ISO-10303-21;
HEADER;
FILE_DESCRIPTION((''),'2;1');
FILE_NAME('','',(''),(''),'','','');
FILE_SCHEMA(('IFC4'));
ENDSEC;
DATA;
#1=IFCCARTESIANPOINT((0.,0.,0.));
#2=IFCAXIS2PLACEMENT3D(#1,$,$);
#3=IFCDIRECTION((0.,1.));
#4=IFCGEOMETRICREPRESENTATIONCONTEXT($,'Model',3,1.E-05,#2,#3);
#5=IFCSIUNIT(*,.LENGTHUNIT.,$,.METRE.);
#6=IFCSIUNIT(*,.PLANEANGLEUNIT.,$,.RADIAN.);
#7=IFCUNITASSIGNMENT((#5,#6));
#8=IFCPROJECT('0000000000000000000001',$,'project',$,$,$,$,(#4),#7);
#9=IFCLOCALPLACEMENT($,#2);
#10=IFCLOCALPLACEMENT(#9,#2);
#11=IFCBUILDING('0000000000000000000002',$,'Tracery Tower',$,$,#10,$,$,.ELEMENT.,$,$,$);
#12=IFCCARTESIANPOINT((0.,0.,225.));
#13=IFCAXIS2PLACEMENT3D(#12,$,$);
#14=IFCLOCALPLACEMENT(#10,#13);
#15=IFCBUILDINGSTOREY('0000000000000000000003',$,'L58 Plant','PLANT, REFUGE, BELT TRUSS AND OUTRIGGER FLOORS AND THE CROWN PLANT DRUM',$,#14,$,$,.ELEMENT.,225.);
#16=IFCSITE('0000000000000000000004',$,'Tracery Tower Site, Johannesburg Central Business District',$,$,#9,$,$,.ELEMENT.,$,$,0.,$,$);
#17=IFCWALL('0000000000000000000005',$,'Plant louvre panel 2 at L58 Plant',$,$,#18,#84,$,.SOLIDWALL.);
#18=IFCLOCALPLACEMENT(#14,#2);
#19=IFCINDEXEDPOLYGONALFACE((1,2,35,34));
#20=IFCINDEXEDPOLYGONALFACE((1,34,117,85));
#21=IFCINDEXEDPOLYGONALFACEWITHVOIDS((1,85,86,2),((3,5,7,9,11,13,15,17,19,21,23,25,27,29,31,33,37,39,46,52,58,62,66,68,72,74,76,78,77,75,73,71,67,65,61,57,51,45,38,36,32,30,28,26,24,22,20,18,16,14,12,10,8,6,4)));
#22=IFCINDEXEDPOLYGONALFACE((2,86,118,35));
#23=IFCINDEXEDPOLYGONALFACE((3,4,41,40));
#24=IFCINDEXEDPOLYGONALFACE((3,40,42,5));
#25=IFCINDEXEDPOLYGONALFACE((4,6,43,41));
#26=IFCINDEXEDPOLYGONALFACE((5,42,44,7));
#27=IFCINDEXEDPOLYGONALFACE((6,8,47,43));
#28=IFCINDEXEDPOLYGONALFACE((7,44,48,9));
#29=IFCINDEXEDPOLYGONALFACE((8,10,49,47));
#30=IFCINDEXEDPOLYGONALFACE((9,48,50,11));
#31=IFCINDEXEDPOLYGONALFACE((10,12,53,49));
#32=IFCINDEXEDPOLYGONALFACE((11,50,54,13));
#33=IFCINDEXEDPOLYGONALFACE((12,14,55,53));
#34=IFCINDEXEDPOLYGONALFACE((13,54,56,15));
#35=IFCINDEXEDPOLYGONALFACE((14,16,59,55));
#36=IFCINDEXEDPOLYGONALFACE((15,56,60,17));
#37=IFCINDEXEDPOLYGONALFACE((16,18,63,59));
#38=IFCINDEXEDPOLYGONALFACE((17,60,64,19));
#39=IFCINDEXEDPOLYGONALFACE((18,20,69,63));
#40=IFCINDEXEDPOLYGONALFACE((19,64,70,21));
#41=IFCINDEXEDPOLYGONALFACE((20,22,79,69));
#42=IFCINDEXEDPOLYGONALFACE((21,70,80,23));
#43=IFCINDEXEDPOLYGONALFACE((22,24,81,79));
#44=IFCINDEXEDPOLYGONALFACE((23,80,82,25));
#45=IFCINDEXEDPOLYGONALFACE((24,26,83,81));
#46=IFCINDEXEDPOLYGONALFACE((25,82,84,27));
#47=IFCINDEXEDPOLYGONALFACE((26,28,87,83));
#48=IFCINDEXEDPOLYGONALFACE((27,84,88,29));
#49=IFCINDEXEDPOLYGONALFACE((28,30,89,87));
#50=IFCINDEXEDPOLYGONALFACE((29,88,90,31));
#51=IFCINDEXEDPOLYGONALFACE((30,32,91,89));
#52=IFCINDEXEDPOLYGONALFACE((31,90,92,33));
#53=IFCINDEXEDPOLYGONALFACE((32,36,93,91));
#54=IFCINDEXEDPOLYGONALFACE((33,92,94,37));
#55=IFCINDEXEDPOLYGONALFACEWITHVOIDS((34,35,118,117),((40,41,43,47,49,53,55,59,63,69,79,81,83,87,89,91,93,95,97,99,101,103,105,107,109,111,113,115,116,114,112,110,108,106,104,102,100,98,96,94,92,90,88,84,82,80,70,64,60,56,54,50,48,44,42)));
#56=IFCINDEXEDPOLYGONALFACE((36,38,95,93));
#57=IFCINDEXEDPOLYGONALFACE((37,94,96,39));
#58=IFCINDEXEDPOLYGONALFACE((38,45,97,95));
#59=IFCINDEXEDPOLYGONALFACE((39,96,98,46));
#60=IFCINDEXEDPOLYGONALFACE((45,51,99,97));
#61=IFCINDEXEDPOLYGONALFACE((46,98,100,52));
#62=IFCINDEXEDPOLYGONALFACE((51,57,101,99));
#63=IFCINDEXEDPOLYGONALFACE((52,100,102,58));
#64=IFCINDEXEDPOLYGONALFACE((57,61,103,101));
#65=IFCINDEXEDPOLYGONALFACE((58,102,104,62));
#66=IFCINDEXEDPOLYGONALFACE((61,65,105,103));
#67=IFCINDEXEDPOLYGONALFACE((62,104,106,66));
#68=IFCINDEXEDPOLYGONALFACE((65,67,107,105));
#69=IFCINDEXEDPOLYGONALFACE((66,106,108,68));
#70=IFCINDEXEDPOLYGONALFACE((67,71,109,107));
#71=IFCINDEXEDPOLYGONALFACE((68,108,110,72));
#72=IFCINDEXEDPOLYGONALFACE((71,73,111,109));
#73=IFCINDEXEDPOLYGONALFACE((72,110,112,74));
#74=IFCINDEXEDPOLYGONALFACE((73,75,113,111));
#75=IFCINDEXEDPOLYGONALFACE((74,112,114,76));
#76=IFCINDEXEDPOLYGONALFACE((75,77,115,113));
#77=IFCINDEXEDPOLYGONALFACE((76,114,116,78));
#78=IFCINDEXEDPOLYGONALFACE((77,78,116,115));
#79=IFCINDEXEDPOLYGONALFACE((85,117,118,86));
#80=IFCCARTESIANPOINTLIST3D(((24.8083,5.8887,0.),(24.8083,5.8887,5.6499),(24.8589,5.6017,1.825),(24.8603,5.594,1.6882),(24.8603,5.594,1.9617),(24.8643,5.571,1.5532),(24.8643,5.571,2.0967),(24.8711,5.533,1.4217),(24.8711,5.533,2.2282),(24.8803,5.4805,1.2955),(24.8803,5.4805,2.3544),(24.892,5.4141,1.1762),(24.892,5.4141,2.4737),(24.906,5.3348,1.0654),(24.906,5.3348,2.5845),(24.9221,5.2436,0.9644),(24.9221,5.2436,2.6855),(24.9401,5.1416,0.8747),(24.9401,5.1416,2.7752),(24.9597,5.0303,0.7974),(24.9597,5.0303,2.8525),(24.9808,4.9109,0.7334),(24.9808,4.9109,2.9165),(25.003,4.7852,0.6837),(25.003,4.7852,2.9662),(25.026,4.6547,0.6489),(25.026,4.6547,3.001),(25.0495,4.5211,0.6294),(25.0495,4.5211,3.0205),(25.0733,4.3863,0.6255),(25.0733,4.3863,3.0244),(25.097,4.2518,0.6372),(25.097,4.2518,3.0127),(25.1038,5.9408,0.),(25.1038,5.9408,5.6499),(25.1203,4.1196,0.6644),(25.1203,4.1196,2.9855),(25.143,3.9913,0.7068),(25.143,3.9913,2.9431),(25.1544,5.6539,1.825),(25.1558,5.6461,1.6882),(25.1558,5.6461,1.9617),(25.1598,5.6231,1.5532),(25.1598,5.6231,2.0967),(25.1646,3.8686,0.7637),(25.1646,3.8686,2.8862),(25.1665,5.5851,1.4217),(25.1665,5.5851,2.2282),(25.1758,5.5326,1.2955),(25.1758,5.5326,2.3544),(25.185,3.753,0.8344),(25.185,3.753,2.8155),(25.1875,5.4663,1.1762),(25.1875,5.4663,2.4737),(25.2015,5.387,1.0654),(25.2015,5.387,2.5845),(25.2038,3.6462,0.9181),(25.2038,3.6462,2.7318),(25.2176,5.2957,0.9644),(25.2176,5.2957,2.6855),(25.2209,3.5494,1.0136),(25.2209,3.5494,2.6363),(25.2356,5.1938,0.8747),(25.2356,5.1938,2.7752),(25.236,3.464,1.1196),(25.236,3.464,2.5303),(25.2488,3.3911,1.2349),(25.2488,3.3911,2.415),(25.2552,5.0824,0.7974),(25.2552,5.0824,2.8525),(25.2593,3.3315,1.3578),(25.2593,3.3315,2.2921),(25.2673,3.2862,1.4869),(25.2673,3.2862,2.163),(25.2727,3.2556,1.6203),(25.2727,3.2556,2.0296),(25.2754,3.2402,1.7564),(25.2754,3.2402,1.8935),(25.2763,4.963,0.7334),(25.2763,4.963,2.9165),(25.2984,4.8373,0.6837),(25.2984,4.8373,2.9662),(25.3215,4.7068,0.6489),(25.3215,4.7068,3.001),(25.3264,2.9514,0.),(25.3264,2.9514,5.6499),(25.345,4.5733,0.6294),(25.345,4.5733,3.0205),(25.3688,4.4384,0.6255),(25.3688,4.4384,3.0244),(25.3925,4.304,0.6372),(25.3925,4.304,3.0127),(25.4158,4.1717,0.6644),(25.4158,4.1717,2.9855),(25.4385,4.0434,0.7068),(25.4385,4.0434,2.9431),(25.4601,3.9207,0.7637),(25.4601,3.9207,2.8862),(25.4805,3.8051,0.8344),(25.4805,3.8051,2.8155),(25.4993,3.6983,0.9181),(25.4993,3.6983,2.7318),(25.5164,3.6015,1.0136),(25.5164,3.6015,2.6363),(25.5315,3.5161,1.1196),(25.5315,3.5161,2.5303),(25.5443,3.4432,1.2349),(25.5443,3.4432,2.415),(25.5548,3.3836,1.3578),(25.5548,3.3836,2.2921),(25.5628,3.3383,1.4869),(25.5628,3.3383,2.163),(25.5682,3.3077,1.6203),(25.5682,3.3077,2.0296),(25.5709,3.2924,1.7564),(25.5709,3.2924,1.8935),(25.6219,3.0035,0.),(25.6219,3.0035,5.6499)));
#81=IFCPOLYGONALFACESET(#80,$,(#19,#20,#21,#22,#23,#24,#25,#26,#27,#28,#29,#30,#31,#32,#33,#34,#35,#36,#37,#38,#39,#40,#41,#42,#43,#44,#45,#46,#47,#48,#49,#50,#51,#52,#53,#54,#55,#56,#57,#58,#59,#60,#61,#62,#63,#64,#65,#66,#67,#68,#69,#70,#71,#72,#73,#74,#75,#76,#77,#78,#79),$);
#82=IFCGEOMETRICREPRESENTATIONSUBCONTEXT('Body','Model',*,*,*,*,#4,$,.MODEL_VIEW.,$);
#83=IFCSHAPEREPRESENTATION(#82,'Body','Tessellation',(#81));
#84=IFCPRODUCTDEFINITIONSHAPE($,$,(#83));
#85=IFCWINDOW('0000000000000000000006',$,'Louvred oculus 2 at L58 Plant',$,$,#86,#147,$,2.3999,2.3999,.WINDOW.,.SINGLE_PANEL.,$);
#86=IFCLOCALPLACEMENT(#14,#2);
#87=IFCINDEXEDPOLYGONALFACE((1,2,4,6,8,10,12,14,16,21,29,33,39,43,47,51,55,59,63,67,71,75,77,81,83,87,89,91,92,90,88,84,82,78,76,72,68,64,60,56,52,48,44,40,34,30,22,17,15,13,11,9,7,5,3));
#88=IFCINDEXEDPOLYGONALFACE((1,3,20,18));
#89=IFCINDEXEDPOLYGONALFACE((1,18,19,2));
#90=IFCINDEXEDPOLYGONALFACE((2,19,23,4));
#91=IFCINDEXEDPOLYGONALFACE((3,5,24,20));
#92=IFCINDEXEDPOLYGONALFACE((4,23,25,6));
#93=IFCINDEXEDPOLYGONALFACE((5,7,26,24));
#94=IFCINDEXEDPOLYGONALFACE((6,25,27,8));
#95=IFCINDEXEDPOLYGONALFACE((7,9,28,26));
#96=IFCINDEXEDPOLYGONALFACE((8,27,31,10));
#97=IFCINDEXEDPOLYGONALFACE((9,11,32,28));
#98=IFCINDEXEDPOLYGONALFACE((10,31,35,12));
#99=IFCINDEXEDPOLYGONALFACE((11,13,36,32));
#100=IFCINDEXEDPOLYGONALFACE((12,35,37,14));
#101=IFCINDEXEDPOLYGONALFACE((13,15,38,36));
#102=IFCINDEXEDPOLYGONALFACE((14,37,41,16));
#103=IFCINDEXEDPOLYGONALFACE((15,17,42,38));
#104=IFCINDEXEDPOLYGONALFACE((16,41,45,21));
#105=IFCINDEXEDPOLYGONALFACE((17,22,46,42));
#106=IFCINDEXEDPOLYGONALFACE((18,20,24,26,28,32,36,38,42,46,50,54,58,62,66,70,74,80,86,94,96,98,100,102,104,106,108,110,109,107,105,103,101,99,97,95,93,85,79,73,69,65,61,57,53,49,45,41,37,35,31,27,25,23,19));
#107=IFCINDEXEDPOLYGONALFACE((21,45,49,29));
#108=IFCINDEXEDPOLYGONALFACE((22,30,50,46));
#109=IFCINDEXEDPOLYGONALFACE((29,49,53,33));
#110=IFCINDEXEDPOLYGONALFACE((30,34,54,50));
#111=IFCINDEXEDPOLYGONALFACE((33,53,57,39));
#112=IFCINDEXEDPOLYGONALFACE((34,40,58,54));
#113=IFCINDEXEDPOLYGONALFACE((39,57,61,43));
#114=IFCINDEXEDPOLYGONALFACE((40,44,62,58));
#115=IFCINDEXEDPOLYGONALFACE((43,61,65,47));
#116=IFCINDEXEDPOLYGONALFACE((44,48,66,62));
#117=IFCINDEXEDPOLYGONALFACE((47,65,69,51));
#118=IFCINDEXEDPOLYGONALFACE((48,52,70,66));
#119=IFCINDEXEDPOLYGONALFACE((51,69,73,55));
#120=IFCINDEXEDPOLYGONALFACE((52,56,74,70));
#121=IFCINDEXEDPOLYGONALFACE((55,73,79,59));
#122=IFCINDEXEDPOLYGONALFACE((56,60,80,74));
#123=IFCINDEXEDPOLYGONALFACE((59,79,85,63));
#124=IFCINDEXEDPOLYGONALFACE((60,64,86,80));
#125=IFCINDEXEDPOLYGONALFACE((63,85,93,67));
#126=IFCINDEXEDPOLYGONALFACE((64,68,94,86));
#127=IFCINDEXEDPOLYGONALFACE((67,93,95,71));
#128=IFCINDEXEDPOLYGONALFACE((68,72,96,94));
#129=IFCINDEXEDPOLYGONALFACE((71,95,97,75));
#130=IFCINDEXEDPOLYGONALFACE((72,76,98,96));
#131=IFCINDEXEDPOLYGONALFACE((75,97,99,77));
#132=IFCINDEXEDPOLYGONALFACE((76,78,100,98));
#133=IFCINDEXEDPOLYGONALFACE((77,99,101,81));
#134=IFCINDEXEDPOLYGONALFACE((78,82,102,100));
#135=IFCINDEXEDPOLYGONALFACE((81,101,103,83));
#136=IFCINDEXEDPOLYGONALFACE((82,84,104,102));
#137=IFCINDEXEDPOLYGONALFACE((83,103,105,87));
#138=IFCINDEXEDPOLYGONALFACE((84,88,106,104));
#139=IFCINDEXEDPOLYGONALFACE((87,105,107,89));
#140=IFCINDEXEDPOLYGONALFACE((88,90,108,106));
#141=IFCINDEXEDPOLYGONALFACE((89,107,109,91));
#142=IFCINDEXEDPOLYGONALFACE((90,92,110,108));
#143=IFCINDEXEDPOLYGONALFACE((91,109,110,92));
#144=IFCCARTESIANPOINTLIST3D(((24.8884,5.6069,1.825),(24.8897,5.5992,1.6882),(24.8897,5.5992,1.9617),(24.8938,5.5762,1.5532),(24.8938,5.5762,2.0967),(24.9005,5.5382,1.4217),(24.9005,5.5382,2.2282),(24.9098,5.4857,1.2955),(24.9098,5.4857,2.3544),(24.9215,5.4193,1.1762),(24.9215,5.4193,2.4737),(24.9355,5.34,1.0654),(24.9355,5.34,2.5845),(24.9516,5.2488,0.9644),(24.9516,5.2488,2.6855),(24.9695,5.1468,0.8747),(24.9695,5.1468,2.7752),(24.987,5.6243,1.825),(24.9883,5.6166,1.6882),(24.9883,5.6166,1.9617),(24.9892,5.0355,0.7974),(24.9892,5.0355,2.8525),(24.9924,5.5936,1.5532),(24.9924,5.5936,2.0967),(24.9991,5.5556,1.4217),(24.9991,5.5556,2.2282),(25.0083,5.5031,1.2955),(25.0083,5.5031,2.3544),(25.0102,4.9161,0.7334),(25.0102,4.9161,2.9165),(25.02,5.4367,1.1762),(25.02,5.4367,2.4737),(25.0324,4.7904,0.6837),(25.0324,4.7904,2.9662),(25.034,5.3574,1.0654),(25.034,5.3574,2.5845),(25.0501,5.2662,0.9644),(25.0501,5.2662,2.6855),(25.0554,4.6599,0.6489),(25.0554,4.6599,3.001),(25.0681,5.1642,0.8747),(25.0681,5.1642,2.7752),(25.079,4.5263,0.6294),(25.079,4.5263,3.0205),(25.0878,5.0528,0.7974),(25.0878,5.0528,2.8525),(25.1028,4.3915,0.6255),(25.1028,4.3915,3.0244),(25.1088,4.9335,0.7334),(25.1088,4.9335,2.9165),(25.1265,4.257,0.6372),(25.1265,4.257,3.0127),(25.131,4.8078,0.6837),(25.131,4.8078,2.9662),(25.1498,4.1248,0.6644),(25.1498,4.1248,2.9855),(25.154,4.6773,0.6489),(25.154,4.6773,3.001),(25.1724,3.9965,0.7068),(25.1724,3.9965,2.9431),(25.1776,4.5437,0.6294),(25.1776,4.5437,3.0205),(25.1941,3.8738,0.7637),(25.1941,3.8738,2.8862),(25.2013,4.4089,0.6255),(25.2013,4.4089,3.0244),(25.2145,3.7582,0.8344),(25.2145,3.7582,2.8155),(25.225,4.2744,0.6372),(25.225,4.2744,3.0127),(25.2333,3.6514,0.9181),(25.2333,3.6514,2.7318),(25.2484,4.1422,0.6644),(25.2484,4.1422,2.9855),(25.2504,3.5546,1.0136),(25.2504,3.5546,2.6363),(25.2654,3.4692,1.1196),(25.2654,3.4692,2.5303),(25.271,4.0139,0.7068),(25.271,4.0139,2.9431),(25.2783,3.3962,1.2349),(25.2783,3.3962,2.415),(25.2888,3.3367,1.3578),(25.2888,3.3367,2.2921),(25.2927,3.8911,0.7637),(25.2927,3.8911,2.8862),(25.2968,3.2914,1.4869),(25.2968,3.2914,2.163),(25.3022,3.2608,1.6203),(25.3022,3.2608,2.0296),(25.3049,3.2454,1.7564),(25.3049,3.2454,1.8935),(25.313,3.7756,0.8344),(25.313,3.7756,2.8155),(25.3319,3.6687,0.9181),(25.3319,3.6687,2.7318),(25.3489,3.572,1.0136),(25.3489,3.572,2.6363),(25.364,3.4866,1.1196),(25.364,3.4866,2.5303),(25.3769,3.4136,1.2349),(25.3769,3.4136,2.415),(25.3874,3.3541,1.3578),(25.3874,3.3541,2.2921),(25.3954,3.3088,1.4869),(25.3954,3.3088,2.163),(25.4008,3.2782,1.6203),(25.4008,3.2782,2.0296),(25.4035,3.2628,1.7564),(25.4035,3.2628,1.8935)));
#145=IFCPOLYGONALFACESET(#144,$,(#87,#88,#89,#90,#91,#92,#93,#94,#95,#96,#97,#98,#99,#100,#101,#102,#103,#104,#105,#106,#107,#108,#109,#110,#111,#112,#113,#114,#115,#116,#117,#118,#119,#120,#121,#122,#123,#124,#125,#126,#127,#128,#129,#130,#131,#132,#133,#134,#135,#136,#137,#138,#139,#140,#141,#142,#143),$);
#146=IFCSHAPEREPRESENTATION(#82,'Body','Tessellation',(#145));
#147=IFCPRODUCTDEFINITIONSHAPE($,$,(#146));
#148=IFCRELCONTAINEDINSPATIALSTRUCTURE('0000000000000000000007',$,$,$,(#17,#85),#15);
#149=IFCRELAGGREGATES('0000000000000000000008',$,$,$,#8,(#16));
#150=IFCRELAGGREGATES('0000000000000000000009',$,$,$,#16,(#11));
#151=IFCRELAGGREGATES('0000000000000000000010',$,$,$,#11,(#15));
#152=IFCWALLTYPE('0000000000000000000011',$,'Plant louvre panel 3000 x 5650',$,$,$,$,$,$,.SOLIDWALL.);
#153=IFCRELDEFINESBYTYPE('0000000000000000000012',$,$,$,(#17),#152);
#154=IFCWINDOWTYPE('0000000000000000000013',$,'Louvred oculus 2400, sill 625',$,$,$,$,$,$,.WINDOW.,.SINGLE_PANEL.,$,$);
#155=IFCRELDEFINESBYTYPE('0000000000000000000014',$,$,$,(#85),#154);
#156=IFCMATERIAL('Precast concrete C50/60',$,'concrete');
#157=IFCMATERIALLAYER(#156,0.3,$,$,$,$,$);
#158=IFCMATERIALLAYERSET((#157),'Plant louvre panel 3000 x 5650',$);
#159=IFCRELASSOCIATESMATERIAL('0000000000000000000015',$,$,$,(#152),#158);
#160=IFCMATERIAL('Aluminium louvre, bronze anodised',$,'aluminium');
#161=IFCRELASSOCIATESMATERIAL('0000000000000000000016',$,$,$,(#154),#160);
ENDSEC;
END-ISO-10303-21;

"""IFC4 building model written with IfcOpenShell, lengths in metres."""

from ifc_helpers import new_model, si_unit, direction, frame, frame_2d, origin, origin_2d, place, context, subcontext, project, spatial, rectangle, circle, extrude, material, layer, layer_set, type_object, element, fill, save


model = new_model("IFC4")

# Units and contexts
model_context = context("Model", 3, precision=1e-05, world=origin(), true_north=direction((0.0, 1.0)))
body_context = subcontext(model_context, "Body", "Model", "MODEL_VIEW")
ifc_project = project(units=[si_unit("LENGTHUNIT", "METRE"), si_unit("PLANEANGLEUNIT", "RADIAN")], contexts=[model_context])

# Site, building, storey
site_placement = place(None, origin())
site = spatial("IfcSite", under=ifc_project, at=site_placement, Name="Tracery Tower Site, Johannesburg Central Business District", CompositionType="ELEMENT", RefElevation=0.0)
building_placement = place(site_placement, origin())
building = spatial("IfcBuilding", under=site, at=building_placement, Name="Tracery Tower", CompositionType="ELEMENT")
storey_placement = place(building_placement, frame((0.0, 0.0, 225.0)))
storey = spatial("IfcBuildingStorey", under=building, at=storey_placement, Name="L58 Plant", Description="PLANT, REFUGE, BELT TRUSS AND OUTRIGGER FLOORS AND THE CROWN PLANT DRUM", CompositionType="ELEMENT", Elevation=225.0)

# Wall, opening, window
ifc_material_1 = material(Name="Precast concrete C50/60", Category="concrete")
ifc_layer_1 = layer(ifc_material_1, 0.3)
ifc_layer_set_1 = layer_set([ifc_layer_1], Name="Plant louvre panel 3000 x 5650")
wall_type_1 = type_object("IfcWallType", Name="Plant louvre panel 3000 x 5650", PredefinedType="SOLIDWALL", material=ifc_layer_set_1)
ifc_material_2 = material(Name="Aluminium louvre, bronze anodised", Category="aluminium")
window_type = type_object("IfcWindowType", Name="Louvred oculus 2400, sill 625", PartitioningType="SINGLE_PANEL", PredefinedType="WINDOW", material=ifc_material_2)
wall_1_placement = place(storey_placement, frame((25.4741, 2.9775, 0.0), z_axis=(0.0, 0.0, 1.0), x_axis=(-0.173697, 0.984799, 0.0)))
wall_1 = element("IfcWall", 1, at=wall_1_placement, inside=storey, type_object=wall_type_1, Name="Plant louvre panel 2 at L58 Plant", PredefinedType="SOLIDWALL", context=body_context, shape_type="SweptSolid", body=[
    extrude(rectangle(XDim=2.9827, YDim=0.3, at=frame_2d((1.4912, 0.0))), origin(), (0.0, 0.0, 1.0), 5.6499),
])
opening_1_placement = place(wall_1_placement, frame((1.4912, 0.0, 1.825)))
opening_1 = element("IfcOpeningElement", 2, at=opening_1_placement, cuts=wall_1, PredefinedType="OPENING", context=body_context, shape_type="SweptSolid", body=[
    extrude(circle(Radius=1.2, at=origin_2d()), frame((0.0, 0.1599, 0.0), z_axis=(0.0, -1.0, 0.0), x_axis=(1.0, 0.0, 0.0)), (0.0, 0.0, 1.0), 0.3201),
])
window_1_placement = place(opening_1_placement, origin())
window_1 = element("IfcWindow", 3, at=window_1_placement, inside=storey, type_object=window_type, Name="Louvred oculus 2 at L58 Plant", OverallHeight=2.3999, OverallWidth=2.3999, PartitioningType="SINGLE_PANEL", PredefinedType="WINDOW", context=body_context, shape_type="SweptSolid", body=[
    extrude(circle(Radius=1.2, at=origin_2d()), frame((0.0, 0.1201, 0.0), z_axis=(0.0, -1.0, 0.0), x_axis=(1.0, 0.0, 0.0)), (0.0, 0.0, 1.0), 0.1001),
])
fill(opening_1, window_1)

save(model, "model.ifc")
